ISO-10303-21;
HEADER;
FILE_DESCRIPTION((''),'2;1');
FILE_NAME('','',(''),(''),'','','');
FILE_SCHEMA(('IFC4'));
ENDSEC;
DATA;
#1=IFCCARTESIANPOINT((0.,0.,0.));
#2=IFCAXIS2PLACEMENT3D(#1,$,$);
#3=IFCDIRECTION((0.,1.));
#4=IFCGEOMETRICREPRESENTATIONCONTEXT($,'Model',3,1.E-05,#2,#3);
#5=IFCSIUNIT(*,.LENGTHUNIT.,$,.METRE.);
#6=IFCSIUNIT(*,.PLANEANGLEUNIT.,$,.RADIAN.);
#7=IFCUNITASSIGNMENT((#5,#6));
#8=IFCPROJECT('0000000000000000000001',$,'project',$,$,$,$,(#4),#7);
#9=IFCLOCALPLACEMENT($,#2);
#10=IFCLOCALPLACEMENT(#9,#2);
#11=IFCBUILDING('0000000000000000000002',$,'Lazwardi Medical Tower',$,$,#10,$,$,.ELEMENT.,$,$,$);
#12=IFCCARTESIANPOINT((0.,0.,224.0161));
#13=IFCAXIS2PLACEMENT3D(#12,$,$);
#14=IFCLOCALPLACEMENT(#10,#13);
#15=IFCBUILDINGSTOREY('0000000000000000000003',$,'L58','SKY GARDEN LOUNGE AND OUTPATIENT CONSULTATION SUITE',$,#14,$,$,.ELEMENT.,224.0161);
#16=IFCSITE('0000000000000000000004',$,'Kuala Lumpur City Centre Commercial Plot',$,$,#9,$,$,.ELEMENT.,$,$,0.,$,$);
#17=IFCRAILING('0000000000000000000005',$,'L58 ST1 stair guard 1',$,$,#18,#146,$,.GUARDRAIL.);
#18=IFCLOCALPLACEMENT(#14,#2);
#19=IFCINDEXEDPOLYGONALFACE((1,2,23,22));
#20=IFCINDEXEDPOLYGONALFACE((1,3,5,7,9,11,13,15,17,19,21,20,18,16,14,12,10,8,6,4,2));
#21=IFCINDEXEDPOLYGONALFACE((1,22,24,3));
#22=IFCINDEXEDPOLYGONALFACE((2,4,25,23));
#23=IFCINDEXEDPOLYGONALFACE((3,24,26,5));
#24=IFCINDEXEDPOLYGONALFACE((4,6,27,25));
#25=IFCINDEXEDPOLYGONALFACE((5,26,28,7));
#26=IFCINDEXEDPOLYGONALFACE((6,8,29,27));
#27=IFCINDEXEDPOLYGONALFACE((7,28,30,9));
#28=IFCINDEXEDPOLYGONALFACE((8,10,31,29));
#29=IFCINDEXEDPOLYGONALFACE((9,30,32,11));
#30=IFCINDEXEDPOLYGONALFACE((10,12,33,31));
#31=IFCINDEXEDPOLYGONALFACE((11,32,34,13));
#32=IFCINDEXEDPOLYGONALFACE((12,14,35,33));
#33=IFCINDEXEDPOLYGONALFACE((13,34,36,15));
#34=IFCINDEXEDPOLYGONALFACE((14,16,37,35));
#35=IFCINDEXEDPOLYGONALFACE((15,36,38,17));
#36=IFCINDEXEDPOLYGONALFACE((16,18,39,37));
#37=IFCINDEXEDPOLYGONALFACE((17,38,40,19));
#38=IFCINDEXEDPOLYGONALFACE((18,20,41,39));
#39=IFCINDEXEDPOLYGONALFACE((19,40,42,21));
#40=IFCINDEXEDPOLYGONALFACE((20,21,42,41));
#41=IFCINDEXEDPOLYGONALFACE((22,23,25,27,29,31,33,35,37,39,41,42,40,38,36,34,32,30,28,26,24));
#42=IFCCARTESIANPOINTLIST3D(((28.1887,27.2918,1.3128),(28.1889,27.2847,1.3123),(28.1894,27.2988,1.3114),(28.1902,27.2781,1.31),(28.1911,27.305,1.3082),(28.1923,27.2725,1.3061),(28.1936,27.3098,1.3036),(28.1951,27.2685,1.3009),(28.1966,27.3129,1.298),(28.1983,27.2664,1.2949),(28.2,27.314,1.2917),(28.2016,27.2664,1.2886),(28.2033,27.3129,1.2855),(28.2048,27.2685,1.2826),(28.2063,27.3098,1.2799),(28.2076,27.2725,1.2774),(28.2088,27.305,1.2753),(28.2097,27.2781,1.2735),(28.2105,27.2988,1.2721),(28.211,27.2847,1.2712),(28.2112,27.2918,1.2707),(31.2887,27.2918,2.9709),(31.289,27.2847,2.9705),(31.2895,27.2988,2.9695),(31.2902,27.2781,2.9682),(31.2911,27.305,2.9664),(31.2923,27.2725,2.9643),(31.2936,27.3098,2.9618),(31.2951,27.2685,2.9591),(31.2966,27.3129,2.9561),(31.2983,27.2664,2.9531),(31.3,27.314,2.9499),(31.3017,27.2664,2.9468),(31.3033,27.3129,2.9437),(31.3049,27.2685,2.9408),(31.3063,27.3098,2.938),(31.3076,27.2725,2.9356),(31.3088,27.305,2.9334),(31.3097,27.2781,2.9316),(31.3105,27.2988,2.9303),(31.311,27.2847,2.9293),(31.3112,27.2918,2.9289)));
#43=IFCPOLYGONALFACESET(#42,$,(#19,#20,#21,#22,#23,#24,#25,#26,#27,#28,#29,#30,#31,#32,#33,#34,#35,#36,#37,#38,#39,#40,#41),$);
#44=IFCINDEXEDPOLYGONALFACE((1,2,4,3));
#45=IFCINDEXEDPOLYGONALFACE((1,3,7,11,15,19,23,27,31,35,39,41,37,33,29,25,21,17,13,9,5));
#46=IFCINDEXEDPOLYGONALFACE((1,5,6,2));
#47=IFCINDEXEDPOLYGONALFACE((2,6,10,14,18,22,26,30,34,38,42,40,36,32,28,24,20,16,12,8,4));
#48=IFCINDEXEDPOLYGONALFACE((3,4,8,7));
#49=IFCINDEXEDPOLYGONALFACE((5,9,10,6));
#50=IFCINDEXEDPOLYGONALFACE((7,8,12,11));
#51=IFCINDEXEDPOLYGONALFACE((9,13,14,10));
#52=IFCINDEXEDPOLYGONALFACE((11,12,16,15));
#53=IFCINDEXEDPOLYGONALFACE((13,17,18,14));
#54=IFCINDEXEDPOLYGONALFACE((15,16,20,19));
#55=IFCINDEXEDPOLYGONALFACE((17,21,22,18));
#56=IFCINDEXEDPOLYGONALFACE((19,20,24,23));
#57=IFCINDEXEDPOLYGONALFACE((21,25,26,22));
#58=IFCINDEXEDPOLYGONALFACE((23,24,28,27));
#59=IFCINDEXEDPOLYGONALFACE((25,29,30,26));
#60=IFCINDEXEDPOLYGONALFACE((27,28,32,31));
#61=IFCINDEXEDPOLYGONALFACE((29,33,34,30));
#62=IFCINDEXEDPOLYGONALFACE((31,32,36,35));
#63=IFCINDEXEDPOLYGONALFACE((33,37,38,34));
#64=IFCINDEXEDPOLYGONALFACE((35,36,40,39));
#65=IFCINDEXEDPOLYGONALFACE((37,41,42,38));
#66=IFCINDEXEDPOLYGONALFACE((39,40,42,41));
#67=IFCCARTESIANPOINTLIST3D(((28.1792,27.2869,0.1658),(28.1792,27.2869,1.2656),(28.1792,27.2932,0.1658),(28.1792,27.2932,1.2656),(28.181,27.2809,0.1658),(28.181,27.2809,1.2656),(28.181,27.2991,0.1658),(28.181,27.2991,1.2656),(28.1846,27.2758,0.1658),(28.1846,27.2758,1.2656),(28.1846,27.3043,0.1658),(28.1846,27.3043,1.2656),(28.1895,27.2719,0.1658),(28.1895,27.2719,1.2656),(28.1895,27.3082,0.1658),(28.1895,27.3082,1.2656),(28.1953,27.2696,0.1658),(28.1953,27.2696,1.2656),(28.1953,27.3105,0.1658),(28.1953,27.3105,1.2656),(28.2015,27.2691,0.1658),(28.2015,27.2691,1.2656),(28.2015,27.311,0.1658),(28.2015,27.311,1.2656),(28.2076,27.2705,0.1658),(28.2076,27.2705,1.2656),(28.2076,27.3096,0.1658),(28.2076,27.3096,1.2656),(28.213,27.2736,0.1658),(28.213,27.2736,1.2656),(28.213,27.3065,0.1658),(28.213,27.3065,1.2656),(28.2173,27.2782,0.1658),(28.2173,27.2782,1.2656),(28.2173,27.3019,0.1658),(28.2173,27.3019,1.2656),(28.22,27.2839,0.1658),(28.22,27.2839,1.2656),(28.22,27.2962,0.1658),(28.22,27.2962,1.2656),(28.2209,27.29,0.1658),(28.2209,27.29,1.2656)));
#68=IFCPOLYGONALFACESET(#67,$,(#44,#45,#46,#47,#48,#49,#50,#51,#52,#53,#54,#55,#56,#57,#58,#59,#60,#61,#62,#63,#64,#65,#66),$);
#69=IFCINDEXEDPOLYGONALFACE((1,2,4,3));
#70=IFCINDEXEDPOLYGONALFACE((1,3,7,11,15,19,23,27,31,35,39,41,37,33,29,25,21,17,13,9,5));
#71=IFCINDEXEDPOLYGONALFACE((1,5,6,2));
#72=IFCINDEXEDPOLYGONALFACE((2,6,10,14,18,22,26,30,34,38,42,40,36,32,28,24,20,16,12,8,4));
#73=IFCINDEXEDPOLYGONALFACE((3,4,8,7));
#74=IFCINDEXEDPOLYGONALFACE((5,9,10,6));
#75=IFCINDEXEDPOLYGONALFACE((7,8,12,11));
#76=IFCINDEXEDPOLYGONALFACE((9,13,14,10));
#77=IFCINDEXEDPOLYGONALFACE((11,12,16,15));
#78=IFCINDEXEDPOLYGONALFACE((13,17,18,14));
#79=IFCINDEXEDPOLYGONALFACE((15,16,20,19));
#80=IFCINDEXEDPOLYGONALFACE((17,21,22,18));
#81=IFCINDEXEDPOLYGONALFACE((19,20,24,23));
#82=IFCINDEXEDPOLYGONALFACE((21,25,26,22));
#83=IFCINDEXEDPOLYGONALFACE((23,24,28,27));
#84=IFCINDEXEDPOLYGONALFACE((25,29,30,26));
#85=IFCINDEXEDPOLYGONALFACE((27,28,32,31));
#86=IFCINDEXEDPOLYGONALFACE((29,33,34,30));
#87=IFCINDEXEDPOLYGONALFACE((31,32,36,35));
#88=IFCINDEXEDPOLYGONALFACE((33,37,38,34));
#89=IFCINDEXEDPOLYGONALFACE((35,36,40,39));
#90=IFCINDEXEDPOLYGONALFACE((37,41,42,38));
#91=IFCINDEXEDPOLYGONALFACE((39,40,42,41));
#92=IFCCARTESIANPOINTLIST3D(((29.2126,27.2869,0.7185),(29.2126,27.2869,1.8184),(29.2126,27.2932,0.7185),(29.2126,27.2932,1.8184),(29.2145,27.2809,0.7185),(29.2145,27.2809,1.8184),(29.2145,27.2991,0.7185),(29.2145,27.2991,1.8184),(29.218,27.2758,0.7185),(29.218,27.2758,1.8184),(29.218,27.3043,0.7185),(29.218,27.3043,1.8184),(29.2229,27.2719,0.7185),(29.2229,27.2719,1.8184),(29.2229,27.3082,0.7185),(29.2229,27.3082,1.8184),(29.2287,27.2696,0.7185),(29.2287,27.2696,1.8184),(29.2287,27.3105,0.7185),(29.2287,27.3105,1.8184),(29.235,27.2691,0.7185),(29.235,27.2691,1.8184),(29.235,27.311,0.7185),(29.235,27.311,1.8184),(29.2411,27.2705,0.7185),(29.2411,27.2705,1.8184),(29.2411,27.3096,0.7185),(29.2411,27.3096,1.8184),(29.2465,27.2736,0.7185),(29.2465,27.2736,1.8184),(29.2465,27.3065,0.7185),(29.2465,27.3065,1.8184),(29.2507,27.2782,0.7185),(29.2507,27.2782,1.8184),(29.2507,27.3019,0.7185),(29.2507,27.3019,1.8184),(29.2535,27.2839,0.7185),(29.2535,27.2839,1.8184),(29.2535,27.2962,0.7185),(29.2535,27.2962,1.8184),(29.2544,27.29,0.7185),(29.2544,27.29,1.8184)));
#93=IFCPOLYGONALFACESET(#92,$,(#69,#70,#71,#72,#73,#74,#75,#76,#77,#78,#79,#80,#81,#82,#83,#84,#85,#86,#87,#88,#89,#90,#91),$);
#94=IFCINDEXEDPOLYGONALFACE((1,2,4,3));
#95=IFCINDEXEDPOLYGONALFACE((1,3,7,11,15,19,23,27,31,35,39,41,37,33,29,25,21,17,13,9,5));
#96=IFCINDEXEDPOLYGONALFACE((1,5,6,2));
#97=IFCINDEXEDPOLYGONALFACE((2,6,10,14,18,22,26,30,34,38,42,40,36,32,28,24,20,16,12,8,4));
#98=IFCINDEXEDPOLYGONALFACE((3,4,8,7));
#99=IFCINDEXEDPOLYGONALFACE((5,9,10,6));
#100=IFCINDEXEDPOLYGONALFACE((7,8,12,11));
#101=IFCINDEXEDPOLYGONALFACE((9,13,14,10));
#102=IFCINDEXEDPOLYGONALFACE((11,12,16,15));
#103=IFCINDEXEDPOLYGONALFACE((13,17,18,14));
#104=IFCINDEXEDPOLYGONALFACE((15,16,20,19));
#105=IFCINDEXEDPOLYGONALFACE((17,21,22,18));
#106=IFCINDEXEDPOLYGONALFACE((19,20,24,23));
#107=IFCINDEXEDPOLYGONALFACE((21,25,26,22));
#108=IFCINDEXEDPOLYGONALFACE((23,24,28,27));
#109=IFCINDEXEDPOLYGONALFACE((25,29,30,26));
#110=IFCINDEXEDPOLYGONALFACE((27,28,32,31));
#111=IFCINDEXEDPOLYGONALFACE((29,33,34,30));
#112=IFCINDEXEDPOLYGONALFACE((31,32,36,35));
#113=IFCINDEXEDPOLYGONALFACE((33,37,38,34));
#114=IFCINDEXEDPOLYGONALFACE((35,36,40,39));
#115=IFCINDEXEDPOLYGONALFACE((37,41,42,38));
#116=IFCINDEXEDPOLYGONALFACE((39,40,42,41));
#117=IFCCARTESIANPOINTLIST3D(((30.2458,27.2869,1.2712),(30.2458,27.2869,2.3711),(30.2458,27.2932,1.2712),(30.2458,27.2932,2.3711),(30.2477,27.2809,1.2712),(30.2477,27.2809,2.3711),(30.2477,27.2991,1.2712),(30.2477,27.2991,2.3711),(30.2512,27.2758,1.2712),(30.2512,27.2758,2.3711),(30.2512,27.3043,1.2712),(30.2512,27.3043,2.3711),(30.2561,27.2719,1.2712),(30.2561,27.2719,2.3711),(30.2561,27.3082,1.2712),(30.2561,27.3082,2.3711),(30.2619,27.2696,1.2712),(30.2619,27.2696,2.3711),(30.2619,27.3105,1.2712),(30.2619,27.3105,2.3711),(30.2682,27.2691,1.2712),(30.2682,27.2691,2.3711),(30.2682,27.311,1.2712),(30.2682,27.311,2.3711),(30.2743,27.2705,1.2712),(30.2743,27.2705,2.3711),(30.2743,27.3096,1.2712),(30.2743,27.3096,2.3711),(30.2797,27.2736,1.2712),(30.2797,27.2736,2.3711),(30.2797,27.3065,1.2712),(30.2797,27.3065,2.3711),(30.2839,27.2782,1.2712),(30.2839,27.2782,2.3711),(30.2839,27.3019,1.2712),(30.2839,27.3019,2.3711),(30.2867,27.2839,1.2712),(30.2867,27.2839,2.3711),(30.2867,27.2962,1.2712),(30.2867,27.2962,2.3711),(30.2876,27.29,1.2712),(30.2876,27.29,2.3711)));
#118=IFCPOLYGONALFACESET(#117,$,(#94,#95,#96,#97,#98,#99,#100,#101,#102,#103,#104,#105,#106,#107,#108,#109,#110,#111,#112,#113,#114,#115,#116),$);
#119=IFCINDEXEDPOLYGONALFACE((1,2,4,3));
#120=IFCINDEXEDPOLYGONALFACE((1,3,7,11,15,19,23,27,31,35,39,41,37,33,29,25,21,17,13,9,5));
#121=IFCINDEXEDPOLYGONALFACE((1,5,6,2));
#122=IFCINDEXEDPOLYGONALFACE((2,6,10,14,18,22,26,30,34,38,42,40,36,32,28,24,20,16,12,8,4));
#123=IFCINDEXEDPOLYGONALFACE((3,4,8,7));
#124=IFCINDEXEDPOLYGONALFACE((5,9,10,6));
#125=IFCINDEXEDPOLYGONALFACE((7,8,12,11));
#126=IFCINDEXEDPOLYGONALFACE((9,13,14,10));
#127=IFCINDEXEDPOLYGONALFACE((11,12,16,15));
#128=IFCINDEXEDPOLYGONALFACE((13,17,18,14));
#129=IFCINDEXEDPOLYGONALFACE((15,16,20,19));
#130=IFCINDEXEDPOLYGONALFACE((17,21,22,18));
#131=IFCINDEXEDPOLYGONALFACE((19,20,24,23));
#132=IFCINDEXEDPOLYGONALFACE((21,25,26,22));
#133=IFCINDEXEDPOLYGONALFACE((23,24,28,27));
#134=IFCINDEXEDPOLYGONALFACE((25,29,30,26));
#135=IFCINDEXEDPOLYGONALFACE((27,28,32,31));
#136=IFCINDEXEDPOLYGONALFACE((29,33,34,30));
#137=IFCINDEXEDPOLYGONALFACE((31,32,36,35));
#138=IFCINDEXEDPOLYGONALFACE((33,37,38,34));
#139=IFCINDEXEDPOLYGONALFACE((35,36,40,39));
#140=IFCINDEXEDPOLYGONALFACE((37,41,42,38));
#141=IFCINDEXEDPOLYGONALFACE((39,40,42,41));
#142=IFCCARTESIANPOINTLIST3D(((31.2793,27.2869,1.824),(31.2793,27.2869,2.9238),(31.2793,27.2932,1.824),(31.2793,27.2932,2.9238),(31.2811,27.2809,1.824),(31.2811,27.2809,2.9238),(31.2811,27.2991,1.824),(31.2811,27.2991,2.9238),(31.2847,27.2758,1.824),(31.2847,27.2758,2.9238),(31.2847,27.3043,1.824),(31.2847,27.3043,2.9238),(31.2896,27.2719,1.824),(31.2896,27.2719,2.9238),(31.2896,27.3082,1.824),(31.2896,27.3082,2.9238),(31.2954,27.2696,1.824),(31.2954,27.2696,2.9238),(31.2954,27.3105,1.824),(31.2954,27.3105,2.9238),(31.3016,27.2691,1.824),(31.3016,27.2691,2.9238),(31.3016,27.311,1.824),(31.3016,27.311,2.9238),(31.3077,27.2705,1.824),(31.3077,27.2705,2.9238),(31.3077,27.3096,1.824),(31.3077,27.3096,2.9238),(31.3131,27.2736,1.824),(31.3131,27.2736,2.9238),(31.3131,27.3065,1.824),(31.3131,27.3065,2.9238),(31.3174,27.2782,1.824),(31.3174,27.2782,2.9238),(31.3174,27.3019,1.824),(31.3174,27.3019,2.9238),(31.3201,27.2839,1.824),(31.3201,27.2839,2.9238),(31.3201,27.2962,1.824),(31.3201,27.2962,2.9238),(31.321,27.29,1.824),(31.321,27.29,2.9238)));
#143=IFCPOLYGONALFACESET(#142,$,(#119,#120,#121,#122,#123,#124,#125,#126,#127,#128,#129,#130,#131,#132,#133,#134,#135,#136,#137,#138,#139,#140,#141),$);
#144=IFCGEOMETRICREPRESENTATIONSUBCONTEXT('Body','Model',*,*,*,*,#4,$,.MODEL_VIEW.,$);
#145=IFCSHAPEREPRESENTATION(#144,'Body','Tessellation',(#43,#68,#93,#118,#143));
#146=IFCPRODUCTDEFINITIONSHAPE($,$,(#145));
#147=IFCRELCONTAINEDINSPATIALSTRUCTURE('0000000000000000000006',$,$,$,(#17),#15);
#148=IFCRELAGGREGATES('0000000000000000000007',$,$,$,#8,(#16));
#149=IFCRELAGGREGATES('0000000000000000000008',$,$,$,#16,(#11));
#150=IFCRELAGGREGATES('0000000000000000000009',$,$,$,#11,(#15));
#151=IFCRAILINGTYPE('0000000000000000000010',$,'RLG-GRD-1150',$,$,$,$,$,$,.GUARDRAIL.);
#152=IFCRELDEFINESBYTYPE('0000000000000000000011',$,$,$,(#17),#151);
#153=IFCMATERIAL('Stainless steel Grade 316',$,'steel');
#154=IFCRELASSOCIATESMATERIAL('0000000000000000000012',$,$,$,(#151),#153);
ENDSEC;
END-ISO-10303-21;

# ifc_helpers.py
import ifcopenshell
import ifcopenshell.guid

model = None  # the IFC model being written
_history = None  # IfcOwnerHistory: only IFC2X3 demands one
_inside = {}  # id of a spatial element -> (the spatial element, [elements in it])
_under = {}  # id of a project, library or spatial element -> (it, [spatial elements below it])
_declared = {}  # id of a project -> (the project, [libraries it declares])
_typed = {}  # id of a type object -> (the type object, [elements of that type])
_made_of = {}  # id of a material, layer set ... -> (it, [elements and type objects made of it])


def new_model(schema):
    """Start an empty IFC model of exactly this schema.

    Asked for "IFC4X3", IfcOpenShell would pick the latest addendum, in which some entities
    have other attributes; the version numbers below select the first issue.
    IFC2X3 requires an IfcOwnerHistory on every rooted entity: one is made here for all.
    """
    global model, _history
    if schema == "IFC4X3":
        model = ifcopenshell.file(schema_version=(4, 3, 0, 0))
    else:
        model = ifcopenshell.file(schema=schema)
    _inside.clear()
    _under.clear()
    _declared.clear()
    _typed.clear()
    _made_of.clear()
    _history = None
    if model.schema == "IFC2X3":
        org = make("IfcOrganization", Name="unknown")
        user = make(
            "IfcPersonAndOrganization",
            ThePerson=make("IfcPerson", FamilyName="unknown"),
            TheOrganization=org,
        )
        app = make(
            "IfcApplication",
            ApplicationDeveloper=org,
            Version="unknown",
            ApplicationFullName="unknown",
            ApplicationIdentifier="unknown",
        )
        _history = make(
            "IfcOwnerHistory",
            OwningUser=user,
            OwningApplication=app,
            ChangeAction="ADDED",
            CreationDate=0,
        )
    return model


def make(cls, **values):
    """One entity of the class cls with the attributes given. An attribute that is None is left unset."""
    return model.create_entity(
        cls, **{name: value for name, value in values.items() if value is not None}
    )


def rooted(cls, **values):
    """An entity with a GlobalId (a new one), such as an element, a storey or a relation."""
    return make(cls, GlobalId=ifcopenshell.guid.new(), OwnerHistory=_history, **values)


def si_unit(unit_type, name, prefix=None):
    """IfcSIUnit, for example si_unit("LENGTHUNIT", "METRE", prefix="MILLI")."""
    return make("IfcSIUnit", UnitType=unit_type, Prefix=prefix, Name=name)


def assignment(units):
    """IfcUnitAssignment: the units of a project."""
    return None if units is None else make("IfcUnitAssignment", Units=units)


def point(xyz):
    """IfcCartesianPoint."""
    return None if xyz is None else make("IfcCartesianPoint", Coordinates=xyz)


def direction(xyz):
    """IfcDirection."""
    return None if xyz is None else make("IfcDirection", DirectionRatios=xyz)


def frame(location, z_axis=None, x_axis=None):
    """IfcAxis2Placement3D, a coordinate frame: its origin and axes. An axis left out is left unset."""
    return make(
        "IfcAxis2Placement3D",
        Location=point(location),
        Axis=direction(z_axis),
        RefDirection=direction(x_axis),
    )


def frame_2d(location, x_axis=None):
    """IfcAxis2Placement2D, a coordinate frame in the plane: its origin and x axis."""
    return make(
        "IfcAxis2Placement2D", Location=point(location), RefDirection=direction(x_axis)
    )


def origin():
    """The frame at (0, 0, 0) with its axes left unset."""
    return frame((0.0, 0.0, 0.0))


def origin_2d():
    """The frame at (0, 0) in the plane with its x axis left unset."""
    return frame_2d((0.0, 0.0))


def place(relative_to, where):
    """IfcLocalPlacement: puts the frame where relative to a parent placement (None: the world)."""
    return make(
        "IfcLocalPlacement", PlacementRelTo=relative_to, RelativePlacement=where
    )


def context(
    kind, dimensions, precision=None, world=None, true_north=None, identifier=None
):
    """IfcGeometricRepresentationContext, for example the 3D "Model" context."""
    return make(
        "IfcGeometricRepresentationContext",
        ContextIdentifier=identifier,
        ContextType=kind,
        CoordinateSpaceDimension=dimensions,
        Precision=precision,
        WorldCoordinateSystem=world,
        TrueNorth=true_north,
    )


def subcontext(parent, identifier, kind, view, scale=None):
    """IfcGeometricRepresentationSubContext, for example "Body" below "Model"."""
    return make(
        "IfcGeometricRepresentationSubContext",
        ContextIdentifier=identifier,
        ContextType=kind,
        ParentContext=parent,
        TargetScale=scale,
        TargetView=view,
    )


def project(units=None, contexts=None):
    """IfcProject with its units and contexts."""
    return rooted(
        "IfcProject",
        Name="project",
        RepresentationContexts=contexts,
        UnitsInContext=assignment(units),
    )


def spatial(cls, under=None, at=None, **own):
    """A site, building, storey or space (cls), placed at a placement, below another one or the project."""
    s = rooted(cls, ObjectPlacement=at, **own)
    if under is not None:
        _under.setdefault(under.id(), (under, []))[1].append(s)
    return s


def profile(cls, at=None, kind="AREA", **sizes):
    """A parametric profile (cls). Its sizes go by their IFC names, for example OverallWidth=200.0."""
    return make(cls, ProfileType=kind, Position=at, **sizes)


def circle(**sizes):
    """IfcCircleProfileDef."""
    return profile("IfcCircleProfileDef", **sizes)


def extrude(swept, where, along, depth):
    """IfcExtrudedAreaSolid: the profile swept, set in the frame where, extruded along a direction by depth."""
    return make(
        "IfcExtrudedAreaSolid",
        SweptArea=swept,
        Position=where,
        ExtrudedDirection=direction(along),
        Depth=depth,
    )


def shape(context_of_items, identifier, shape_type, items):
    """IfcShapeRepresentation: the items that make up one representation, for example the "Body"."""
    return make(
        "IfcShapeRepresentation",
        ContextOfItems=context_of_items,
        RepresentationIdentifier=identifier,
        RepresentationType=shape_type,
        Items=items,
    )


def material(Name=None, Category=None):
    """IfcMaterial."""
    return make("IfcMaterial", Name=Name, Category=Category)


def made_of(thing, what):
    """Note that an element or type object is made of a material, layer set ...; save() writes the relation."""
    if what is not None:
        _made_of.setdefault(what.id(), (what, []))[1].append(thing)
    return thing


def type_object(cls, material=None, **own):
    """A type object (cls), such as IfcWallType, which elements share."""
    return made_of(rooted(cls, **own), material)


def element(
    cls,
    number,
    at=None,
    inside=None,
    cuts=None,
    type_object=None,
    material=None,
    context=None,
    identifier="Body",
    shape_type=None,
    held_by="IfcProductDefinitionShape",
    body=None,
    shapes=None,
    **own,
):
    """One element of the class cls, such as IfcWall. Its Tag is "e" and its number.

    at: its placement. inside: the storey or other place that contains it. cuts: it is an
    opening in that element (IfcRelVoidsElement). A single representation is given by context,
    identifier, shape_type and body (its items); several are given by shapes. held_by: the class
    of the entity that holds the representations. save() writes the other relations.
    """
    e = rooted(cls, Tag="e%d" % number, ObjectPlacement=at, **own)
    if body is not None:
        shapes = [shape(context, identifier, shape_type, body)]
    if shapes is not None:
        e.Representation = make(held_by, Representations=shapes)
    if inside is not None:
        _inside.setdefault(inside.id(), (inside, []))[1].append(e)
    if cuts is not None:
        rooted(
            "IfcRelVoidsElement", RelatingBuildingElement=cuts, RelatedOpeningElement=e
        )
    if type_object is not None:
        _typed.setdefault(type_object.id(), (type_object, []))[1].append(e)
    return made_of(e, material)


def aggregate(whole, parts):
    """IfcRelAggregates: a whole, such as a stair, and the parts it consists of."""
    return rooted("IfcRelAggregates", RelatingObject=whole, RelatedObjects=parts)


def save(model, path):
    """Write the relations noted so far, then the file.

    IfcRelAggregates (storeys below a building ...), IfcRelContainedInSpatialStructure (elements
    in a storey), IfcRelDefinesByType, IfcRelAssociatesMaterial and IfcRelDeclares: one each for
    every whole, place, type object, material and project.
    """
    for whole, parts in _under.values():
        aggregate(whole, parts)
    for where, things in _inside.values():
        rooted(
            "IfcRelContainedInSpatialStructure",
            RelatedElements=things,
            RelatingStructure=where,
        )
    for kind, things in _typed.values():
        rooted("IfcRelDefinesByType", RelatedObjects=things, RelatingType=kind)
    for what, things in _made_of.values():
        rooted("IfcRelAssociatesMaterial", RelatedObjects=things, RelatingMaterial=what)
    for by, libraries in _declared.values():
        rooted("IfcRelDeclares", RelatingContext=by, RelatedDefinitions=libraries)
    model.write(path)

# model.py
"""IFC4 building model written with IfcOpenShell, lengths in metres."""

from ifc_helpers import new_model, si_unit, direction, frame, origin, origin_2d, place, context, subcontext, project, spatial, circle, extrude, material, type_object, element, save


model = new_model("IFC4")

# Units and contexts
model_context = context("Model", 3, precision=1e-05, world=origin(), true_north=direction((0.0, 1.0)))
body_context = subcontext(model_context, "Body", "Model", "MODEL_VIEW")
ifc_project = project(units=[si_unit("LENGTHUNIT", "METRE"), si_unit("PLANEANGLEUNIT", "RADIAN")], contexts=[model_context])

# Site, building, storey
site_placement = place(None, origin())
site = spatial("IfcSite", under=ifc_project, at=site_placement, Name="Kuala Lumpur City Centre Commercial Plot", CompositionType="ELEMENT", RefElevation=0.0)
building_placement = place(site_placement, origin())
building = spatial("IfcBuilding", under=site, at=building_placement, Name="Lazwardi Medical Tower", CompositionType="ELEMENT")
storey_placement = place(building_placement, frame((0.0, 0.0, 224.0161)))
storey = spatial("IfcBuildingStorey", under=building, at=storey_placement, Name="L58", Description="SKY GARDEN LOUNGE AND OUTPATIENT CONSULTATION SUITE", CompositionType="ELEMENT", Elevation=224.0161)

# Railing
ifc_material_1 = material(Name="Stainless steel Grade 316", Category="steel")
railing_type_1 = type_object("IfcRailingType", Name="RLG-GRD-1150", PredefinedType="GUARDRAIL", material=ifc_material_1)
railing_1_placement = place(storey_placement, frame((28.2, 27.29, 0.1658)))
element("IfcRailing", 1, at=railing_1_placement, inside=storey, type_object=railing_type_1, Name="L58 ST1 stair guard 1", PredefinedType="GUARDRAIL", context=body_context, shape_type="SweptSolid", body=[
    extrude(circle(Radius=0.0239, at=origin_2d()), frame((0.0, 0.0, 1.126), z_axis=(0.881783, 0.0, 0.471655), x_axis=(0.0, 1.0, 0.0)), (0.0, 0.0, 1.0), 3.5156),
    extrude(circle(Radius=0.021, at=origin_2d()), origin(), (0.0, 0.0, 1.0), 1.0999),
    extrude(circle(Radius=0.021, at=origin_2d()), frame((1.0334, 0.0, 0.5527)), (0.0, 0.0, 1.0), 1.0999),
    extrude(circle(Radius=0.021, at=origin_2d()), frame((2.0667, 0.0, 1.1055)), (0.0, 0.0, 1.0), 1.0999),
    extrude(circle(Radius=0.021, at=origin_2d()), frame((3.1001, 0.0, 1.6582)), (0.0, 0.0, 1.0), 1.0999),
])

save(model, "model.ifc")
